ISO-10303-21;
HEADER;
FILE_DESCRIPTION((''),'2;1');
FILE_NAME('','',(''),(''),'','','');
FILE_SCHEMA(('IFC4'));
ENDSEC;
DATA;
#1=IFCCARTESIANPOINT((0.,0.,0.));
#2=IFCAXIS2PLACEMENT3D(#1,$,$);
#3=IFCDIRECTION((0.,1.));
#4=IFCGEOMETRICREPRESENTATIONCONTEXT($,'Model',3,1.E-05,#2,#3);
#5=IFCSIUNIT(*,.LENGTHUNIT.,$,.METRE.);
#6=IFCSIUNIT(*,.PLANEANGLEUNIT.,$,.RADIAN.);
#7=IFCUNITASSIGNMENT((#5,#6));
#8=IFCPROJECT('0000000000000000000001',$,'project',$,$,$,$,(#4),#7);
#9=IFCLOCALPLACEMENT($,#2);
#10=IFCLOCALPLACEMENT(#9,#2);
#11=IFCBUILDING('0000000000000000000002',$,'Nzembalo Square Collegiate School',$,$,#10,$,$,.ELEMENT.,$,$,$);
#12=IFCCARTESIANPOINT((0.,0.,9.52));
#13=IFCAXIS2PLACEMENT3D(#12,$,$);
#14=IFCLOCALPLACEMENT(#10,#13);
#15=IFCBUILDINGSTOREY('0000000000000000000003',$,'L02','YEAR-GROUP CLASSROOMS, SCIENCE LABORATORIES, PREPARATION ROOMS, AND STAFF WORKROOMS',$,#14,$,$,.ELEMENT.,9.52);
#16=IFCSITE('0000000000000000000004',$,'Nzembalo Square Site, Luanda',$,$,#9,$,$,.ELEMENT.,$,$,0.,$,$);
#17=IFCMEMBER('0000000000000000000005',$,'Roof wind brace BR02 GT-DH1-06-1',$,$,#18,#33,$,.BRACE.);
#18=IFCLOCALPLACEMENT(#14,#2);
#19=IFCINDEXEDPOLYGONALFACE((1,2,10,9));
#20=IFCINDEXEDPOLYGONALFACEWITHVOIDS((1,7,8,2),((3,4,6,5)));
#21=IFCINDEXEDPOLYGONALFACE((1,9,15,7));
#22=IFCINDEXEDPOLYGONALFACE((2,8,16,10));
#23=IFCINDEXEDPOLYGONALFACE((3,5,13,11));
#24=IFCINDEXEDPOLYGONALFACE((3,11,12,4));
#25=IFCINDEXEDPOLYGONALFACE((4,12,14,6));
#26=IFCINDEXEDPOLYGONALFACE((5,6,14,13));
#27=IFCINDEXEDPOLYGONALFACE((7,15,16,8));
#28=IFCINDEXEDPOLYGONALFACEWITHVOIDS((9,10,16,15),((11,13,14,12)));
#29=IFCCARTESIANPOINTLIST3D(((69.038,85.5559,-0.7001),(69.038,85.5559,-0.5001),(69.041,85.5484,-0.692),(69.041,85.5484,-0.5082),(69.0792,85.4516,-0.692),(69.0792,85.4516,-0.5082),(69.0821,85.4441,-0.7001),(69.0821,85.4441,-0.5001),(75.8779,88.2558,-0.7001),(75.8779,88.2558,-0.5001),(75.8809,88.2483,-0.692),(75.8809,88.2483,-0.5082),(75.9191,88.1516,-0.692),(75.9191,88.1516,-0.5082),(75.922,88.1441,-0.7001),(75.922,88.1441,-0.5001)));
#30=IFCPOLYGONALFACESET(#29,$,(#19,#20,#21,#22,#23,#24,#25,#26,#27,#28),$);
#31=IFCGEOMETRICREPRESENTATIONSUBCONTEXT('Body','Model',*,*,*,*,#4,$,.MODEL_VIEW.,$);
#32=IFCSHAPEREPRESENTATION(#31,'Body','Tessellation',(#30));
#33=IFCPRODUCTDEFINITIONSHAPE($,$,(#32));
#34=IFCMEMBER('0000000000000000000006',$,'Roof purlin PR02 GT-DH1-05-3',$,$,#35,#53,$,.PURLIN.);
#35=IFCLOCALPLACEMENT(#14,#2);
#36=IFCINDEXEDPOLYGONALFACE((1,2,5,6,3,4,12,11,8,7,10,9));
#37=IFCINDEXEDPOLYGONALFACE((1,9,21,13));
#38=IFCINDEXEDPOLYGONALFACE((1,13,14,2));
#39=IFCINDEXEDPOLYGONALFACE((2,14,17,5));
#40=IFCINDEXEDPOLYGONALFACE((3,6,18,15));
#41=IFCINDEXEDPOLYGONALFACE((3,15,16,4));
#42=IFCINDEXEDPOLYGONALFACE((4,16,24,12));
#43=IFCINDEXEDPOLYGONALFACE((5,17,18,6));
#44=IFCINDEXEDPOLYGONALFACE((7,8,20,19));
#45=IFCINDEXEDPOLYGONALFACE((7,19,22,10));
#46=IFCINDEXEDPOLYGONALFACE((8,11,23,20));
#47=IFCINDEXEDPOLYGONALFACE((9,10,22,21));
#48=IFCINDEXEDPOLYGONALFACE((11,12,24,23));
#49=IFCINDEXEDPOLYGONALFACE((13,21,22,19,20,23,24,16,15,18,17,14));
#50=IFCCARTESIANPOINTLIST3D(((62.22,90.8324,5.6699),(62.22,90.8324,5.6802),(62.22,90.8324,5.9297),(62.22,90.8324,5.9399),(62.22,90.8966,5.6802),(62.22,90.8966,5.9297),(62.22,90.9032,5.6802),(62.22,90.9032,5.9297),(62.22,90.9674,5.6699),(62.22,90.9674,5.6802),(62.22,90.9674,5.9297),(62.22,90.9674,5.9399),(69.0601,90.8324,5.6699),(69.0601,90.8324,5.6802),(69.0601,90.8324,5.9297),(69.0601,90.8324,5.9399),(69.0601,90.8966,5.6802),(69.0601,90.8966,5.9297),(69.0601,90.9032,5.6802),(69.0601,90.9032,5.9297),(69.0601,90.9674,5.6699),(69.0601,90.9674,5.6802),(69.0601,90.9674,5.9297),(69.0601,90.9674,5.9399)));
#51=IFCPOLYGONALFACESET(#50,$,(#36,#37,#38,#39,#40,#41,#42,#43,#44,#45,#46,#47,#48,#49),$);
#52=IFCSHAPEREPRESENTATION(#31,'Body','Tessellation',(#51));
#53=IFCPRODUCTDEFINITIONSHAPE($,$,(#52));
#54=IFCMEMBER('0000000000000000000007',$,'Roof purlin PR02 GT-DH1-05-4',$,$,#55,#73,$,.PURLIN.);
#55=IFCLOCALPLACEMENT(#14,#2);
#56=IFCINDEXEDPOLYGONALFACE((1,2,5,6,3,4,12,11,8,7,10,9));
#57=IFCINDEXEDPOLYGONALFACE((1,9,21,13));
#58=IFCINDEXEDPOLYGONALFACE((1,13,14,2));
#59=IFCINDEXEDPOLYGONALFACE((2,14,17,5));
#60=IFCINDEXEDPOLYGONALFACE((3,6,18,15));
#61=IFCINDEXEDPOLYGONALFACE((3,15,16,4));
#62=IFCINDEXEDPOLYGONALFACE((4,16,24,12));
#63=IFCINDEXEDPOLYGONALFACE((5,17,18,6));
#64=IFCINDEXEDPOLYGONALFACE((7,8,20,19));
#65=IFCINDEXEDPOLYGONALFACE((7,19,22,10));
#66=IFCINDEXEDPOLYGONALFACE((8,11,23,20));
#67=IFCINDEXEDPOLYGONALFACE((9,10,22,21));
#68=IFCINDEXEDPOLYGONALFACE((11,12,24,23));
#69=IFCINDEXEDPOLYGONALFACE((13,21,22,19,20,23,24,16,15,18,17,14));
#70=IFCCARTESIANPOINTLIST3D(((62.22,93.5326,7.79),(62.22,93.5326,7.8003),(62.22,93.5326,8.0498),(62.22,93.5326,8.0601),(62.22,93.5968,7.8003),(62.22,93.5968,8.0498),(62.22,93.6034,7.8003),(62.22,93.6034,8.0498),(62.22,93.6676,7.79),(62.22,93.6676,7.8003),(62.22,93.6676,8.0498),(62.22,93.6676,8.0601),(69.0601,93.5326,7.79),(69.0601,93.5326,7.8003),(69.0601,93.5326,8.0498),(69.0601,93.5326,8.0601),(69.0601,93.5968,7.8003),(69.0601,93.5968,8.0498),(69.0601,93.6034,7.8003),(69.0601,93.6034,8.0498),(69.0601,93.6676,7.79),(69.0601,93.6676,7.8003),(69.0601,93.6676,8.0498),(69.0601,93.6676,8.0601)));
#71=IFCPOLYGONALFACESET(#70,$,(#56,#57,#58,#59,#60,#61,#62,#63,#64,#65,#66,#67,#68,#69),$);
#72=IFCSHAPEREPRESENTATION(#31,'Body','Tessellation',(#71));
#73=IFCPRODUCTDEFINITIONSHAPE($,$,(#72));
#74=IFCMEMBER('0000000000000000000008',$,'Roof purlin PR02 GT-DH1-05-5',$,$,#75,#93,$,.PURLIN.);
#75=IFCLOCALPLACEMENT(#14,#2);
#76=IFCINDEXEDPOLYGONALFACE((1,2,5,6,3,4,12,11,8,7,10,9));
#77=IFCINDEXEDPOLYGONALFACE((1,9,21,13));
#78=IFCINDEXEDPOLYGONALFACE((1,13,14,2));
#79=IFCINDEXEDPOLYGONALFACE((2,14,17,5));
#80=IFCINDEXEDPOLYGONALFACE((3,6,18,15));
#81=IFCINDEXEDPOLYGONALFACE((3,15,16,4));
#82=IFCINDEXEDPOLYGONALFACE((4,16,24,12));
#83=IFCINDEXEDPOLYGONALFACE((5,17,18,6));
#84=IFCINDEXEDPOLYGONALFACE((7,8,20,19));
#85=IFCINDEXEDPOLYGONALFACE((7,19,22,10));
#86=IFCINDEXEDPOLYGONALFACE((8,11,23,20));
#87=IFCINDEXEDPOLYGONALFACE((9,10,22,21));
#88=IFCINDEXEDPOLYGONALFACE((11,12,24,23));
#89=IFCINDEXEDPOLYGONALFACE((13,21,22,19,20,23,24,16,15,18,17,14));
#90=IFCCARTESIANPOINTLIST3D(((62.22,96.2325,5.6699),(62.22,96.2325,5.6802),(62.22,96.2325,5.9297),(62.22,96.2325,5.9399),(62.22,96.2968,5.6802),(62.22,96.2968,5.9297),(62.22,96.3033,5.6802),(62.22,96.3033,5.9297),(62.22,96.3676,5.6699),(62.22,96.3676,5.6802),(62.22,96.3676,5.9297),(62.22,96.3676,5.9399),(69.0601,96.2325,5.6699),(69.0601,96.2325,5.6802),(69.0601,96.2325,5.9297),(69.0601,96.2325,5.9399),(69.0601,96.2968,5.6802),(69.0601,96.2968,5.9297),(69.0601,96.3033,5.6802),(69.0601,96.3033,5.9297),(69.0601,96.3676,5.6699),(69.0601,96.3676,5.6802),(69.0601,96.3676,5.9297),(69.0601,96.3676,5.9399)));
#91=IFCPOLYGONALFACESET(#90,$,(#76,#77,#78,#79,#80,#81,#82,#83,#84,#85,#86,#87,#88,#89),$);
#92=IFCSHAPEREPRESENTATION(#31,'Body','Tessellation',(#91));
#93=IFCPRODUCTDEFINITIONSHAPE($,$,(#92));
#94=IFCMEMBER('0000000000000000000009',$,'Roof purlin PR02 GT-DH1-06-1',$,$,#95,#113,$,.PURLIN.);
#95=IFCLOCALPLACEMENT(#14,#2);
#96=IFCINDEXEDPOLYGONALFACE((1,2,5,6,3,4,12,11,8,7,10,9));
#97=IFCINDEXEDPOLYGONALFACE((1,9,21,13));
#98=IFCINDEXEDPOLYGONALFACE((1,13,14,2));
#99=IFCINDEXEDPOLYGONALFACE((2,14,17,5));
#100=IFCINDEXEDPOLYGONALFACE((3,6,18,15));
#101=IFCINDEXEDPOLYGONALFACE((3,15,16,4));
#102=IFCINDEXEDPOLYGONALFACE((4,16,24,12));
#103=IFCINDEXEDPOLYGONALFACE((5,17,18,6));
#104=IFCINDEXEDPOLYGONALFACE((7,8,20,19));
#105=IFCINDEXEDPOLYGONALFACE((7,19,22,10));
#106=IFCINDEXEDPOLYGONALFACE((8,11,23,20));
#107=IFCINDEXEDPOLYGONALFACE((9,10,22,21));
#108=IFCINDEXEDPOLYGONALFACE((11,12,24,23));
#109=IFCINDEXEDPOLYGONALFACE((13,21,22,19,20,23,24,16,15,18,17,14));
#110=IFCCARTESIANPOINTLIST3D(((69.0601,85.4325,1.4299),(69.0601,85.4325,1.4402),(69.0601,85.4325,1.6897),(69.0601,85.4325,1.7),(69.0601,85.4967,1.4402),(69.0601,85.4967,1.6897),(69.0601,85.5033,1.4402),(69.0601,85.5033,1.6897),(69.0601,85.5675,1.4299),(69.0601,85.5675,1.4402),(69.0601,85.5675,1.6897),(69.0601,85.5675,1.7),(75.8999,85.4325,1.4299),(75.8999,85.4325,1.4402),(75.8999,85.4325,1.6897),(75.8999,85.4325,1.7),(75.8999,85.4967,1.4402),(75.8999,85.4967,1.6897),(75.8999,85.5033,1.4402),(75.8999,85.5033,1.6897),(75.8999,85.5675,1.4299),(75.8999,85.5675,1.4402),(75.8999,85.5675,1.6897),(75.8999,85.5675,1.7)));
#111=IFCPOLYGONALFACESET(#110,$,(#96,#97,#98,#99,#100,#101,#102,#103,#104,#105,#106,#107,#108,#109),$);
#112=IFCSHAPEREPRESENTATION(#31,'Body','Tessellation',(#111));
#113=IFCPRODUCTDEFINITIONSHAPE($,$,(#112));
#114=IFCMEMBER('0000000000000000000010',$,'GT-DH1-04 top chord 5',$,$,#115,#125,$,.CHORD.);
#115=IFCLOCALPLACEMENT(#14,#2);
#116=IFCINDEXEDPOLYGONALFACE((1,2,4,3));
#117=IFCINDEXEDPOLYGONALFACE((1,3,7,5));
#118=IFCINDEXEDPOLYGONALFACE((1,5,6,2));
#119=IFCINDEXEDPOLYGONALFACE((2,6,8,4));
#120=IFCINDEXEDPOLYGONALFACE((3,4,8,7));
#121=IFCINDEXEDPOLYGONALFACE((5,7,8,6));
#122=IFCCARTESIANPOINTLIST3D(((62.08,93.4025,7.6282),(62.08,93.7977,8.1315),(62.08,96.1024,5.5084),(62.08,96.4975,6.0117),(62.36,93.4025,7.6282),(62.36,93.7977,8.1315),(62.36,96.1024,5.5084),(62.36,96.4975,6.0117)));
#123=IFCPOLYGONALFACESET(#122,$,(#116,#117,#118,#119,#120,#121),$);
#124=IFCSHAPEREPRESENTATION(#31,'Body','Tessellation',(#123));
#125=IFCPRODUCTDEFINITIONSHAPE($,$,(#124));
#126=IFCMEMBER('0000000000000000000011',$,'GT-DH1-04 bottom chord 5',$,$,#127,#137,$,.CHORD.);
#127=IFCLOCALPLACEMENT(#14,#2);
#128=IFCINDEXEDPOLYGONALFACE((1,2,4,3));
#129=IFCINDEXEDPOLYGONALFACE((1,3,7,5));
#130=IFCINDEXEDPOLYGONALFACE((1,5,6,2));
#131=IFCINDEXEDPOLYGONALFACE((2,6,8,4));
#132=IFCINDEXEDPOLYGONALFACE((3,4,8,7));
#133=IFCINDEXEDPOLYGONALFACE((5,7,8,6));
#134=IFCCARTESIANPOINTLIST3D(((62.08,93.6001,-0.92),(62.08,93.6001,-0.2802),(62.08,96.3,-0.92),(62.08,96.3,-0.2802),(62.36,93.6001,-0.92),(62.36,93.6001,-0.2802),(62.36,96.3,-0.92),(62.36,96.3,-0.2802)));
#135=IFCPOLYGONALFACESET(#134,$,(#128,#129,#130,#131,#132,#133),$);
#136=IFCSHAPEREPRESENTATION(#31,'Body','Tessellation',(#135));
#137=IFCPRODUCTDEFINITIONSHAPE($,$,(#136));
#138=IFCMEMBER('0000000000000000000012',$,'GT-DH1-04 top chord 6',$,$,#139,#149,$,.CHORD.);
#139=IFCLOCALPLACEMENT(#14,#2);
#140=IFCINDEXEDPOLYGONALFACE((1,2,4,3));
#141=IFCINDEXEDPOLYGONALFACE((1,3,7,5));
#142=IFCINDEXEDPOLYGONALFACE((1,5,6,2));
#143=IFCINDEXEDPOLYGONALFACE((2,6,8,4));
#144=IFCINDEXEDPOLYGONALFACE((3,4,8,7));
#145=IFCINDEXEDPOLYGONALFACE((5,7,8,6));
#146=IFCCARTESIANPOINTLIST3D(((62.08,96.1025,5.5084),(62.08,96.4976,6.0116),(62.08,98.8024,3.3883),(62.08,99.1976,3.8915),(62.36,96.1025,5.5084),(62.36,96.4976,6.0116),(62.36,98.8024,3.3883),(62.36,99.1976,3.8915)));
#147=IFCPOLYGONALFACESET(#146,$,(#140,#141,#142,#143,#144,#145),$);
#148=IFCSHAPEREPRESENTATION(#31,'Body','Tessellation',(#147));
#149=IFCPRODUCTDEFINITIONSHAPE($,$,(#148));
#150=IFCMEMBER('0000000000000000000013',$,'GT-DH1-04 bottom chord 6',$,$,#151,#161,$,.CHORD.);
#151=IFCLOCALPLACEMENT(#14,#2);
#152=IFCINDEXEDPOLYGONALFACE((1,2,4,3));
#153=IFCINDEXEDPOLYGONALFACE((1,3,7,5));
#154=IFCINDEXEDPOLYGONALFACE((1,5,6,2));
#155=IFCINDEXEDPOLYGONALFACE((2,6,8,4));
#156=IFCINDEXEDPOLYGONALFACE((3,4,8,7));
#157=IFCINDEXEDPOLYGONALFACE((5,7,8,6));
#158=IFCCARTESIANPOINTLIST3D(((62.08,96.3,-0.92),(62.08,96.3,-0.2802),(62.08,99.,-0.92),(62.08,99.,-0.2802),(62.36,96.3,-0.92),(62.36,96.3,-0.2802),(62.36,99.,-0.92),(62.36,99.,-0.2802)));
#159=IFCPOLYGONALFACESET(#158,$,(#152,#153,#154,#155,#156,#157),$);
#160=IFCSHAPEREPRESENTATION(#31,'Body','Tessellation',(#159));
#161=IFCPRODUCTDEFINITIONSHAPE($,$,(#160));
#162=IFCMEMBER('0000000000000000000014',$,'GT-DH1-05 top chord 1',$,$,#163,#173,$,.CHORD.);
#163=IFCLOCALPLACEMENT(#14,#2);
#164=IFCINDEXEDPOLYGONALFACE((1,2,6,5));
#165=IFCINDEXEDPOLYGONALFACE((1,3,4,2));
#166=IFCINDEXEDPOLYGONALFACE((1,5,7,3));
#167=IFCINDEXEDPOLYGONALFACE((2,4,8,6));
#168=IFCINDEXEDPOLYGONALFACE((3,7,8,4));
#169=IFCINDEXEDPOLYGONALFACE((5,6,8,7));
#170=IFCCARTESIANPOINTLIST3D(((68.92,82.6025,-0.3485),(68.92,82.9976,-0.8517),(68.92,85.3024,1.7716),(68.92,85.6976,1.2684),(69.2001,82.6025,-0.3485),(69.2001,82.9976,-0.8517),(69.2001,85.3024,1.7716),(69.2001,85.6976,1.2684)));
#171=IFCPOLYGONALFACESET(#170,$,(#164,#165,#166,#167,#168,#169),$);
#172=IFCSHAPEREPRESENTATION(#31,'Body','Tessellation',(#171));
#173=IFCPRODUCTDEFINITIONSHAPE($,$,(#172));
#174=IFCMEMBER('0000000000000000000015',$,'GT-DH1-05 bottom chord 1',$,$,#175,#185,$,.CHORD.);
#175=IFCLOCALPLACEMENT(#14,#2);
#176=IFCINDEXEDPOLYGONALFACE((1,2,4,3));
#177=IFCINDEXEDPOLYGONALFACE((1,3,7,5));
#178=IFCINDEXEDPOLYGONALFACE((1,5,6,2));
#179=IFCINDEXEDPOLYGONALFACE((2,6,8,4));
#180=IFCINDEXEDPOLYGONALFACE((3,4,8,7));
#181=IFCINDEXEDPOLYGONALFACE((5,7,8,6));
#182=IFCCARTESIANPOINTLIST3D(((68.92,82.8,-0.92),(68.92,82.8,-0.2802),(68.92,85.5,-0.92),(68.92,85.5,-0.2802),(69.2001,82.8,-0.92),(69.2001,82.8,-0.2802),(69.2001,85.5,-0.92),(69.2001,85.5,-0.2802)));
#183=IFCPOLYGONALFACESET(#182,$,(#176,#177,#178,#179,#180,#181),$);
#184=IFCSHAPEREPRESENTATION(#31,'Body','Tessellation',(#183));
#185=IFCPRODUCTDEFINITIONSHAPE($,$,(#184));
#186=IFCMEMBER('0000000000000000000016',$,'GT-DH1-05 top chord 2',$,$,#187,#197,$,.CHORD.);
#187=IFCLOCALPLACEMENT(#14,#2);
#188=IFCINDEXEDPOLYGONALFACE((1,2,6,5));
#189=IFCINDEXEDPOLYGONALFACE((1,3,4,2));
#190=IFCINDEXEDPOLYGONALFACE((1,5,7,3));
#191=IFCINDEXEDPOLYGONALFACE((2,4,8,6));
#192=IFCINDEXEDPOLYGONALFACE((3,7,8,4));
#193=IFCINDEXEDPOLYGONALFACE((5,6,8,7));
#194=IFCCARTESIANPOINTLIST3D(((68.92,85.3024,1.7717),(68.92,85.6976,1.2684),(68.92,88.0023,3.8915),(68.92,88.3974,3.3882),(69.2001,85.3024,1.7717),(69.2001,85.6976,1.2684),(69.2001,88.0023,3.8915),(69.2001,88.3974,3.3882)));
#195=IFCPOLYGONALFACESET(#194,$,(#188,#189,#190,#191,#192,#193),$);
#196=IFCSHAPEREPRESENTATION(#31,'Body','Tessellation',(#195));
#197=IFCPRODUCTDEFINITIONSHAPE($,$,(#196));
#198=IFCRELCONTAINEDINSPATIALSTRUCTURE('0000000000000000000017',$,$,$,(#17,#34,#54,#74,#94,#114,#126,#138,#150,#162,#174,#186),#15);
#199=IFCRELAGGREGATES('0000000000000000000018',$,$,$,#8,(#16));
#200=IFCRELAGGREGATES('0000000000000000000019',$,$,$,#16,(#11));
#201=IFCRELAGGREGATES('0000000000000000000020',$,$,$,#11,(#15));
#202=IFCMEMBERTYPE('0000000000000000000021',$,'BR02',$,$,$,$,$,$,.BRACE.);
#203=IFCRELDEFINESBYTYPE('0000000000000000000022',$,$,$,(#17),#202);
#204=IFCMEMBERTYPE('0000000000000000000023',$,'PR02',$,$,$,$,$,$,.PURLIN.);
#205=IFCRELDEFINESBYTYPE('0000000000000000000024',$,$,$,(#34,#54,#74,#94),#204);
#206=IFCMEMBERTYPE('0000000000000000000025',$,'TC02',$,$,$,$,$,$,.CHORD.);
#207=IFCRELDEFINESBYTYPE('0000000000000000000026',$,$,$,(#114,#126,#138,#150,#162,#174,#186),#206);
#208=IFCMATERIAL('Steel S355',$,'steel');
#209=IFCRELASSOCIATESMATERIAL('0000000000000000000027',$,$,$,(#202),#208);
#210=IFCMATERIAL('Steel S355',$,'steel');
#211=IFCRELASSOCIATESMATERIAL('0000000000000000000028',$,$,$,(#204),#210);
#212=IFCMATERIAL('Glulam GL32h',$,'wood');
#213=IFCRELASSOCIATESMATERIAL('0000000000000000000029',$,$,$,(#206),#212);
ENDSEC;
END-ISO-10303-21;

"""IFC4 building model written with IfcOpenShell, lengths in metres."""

from ifc_helpers import new_model, si_unit, direction, frame, origin, origin_2d, place, context, subcontext, project, spatial, rectangle, hollow_rectangle, i_section, extrude, material, material_profile, profile_set, type_object, element, save


model = new_model("IFC4")

# Units and contexts
model_context = context("Model", 3, precision=1e-05, world=origin(), true_north=direction((0.0, 1.0)))
body_context = subcontext(model_context, "Body", "Model", "MODEL_VIEW")
ifc_project = project(units=[si_unit("LENGTHUNIT", "METRE"), si_unit("PLANEANGLEUNIT", "RADIAN")], contexts=[model_context])

# Site, building, storey
site_placement = place(None, origin())
site = spatial("IfcSite", under=ifc_project, at=site_placement, Name="Nzembalo Square Site, Luanda", CompositionType="ELEMENT", RefElevation=0.0)
building_placement = place(site_placement, origin())
building = spatial("IfcBuilding", under=site, at=building_placement, Name="Nzembalo Square Collegiate School", CompositionType="ELEMENT")
storey_placement = place(building_placement, frame((0.0, 0.0, 9.52)))
storey = spatial("IfcBuildingStorey", under=building, at=storey_placement, Name="L02", Description="YEAR-GROUP CLASSROOMS, SCIENCE LABORATORIES, PREPARATION ROOMS, AND STAFF WORKROOMS", CompositionType="ELEMENT", Elevation=9.52)

# Members
ifc_material_1 = material(Name="Steel S355", Category="steel")
ifc_material_profile_1 = material_profile(ifc_material_1, hollow_rectangle(XDim=0.1201, YDim=0.2, WallThickness=0.0081, at=origin_2d()), Name="RHS 200x120x8")
ifc_profile_set_1 = profile_set([ifc_material_profile_1], Name="Steel S355")
member_type_1 = type_object("IfcMemberType", Name="BR02", PredefinedType="BRACE", material=ifc_profile_set_1)
member_1_placement = place(storey_placement, frame((69.0601, 85.5, -0.6001), z_axis=(0.930155, 0.367168, 0.0), x_axis=(-0.367168, 0.930155, 0.0)))
element("IfcMember", 1, at=member_1_placement, inside=storey, type_object=member_type_1, Name="Roof wind brace BR02 GT-DH1-06-1", PredefinedType="BRACE", context=body_context, shape_type="SweptSolid", body=[
    extrude(hollow_rectangle(XDim=0.1201, YDim=0.2, WallThickness=0.0081, at=origin_2d()), origin(), (0.0, 0.0, 1.0), 7.3535),
])
ifc_material_2 = material(Name="Steel S355", Category="steel")
ifc_material_profile_2 = material_profile(ifc_material_2, i_section(OverallWidth=0.135, OverallDepth=0.27, WebThickness=0.0066, FlangeThickness=0.0103, at=origin_2d()), Name="IPE 270")
ifc_profile_set_2 = profile_set([ifc_material_profile_2], Name="Steel S355")
member_type_2 = type_object("IfcMemberType", Name="PR02", PredefinedType="PURLIN", material=ifc_profile_set_2)
for number, where, z_axis, x_axis, name in (
    (2, (62.22, 90.8999, 5.8049), (1.0, 0.0, 0.0), (0.0, 1.0, 0.0), "Roof purlin PR02 GT-DH1-05-3"),
    (3, (62.22, 93.6001, 7.925), (1.0, 0.0, 0.0), (0.0, 1.0, 0.0), "Roof purlin PR02 GT-DH1-05-4"),
    (4, (62.22, 96.3, 5.8049), (1.0, 0.0, 0.0), (0.0, 1.0, 0.0), "Roof purlin PR02 GT-DH1-05-5"),
):
    element("IfcMember", number, at=place(storey_placement, frame(where, z_axis=z_axis, x_axis=x_axis)), inside=storey, type_object=member_type_2, Name=name, PredefinedType="PURLIN", context=body_context, shape_type="SweptSolid", body=[
        extrude(i_section(OverallWidth=0.135, OverallDepth=0.27, WebThickness=0.0066, FlangeThickness=0.0103, at=origin_2d()), origin(), (0.0, 0.0, 1.0), 6.8401),
    ])
member_2_placement = place(storey_placement, frame((69.0601, 85.5, 1.5649), z_axis=(1.0, 0.0, 0.0), x_axis=(0.0, 1.0, 0.0)))
element("IfcMember", 5, at=member_2_placement, inside=storey, type_object=member_type_2, Name="Roof purlin PR02 GT-DH1-06-1", PredefinedType="PURLIN", context=body_context, shape_type="SweptSolid", body=[
    extrude(i_section(OverallWidth=0.135, OverallDepth=0.27, WebThickness=0.0066, FlangeThickness=0.0103, at=origin_2d()), origin(), (0.0, 0.0, 1.0), 6.8398),
])
ifc_material_3 = material(Name="Glulam GL32h", Category="wood")
ifc_material_profile_3 = material_profile(ifc_material_3, rectangle(XDim=0.28, YDim=0.6399, at=origin_2d()), Name="GL32h 280x640")
ifc_profile_set_3 = profile_set([ifc_material_profile_3], Name="Glulam GL32h")
member_type_3 = type_object("IfcMemberType", Name="TC02", PredefinedType="CHORD", material=ifc_profile_set_3)
member_3_placement = place(storey_placement, frame((62.22, 93.6001, 7.8799), z_axis=(0.0, 0.786533, -0.617548), x_axis=(-1.0, 0.0, 0.0)))
element("IfcMember", 6, at=member_3_placement, inside=storey, type_object=member_type_3, Name="GT-DH1-04 top chord 5", PredefinedType="CHORD", context=body_context, shape_type="SweptSolid", body=[
    extrude(rectangle(XDim=0.28, YDim=0.6399, at=origin_2d()), origin(), (0.0, 0.0, 1.0), 3.4326),
])
member_4_placement = place(storey_placement, frame((62.22, 93.6001, -0.6001), z_axis=(0.0, 1.0, 0.0), x_axis=(-1.0, 0.0, 0.0)))
element("IfcMember", 7, at=member_4_placement, inside=storey, type_object=member_type_3, Name="GT-DH1-04 bottom chord 5", PredefinedType="CHORD", context=body_context, shape_type="SweptSolid", body=[
    extrude(rectangle(XDim=0.28, YDim=0.6399, at=origin_2d()), origin(), (0.0, 0.0, 1.0), 2.7),
])
member_5_placement = place(storey_placement, frame((62.22, 96.3, 5.76), z_axis=(0.0, 0.786498, -0.617592), x_axis=(-1.0, 0.0, 0.0)))
element("IfcMember", 8, at=member_5_placement, inside=storey, type_object=member_type_3, Name="GT-DH1-04 top chord 6", PredefinedType="CHORD", context=body_context, shape_type="SweptSolid", body=[
    extrude(rectangle(XDim=0.28, YDim=0.6399, at=origin_2d()), origin(), (0.0, 0.0, 1.0), 3.4329),
])
member_6_placement = place(storey_placement, frame((62.22, 96.3, -0.6001), z_axis=(0.0, 1.0, 0.0), x_axis=(-1.0, 0.0, 0.0)))
element("IfcMember", 9, at=member_6_placement, inside=storey, type_object=member_type_3, Name="GT-DH1-04 bottom chord 6", PredefinedType="CHORD", context=body_context, shape_type="SweptSolid", body=[
    extrude(rectangle(XDim=0.28, YDim=0.6399, at=origin_2d()), origin(), (0.0, 0.0, 1.0), 2.7),
])
member_7_placement = place(storey_placement, frame((69.0601, 82.8, -0.6001), z_axis=(0.0, 0.786498, 0.617592), x_axis=(-1.0, 0.0, 0.0)))
element("IfcMember", 10, at=member_7_placement, inside=storey, type_object=member_type_3, Name="GT-DH1-05 top chord 1", PredefinedType="CHORD", context=body_context, shape_type="SweptSolid", body=[
    extrude(rectangle(XDim=0.28, YDim=0.6399, at=origin_2d()), origin(), (0.0, 0.0, 1.0), 3.4329),
])
member_8_placement = place(storey_placement, frame((69.0601, 82.8, -0.6001), z_axis=(0.0, 1.0, 0.0), x_axis=(-1.0, 0.0, 0.0)))
element("IfcMember", 11, at=member_8_placement, inside=storey, type_object=member_type_3, Name="GT-DH1-05 bottom chord 1", PredefinedType="CHORD", context=body_context, shape_type="SweptSolid", body=[
    extrude(rectangle(XDim=0.28, YDim=0.6399, at=origin_2d()), origin(), (0.0, 0.0, 1.0), 2.7),
])
member_9_placement = place(storey_placement, frame((69.0601, 85.5, 1.52), z_axis=(0.0, 0.786533, 0.617548), x_axis=(-1.0, 0.0, 0.0)))
element("IfcMember", 12, at=member_9_placement, inside=storey, type_object=member_type_3, Name="GT-DH1-05 top chord 2", PredefinedType="CHORD", context=body_context, shape_type="SweptSolid", body=[
    extrude(rectangle(XDim=0.28, YDim=0.6399, at=origin_2d()), origin(), (0.0, 0.0, 1.0), 3.4326),
])

save(model, "model.ifc")
